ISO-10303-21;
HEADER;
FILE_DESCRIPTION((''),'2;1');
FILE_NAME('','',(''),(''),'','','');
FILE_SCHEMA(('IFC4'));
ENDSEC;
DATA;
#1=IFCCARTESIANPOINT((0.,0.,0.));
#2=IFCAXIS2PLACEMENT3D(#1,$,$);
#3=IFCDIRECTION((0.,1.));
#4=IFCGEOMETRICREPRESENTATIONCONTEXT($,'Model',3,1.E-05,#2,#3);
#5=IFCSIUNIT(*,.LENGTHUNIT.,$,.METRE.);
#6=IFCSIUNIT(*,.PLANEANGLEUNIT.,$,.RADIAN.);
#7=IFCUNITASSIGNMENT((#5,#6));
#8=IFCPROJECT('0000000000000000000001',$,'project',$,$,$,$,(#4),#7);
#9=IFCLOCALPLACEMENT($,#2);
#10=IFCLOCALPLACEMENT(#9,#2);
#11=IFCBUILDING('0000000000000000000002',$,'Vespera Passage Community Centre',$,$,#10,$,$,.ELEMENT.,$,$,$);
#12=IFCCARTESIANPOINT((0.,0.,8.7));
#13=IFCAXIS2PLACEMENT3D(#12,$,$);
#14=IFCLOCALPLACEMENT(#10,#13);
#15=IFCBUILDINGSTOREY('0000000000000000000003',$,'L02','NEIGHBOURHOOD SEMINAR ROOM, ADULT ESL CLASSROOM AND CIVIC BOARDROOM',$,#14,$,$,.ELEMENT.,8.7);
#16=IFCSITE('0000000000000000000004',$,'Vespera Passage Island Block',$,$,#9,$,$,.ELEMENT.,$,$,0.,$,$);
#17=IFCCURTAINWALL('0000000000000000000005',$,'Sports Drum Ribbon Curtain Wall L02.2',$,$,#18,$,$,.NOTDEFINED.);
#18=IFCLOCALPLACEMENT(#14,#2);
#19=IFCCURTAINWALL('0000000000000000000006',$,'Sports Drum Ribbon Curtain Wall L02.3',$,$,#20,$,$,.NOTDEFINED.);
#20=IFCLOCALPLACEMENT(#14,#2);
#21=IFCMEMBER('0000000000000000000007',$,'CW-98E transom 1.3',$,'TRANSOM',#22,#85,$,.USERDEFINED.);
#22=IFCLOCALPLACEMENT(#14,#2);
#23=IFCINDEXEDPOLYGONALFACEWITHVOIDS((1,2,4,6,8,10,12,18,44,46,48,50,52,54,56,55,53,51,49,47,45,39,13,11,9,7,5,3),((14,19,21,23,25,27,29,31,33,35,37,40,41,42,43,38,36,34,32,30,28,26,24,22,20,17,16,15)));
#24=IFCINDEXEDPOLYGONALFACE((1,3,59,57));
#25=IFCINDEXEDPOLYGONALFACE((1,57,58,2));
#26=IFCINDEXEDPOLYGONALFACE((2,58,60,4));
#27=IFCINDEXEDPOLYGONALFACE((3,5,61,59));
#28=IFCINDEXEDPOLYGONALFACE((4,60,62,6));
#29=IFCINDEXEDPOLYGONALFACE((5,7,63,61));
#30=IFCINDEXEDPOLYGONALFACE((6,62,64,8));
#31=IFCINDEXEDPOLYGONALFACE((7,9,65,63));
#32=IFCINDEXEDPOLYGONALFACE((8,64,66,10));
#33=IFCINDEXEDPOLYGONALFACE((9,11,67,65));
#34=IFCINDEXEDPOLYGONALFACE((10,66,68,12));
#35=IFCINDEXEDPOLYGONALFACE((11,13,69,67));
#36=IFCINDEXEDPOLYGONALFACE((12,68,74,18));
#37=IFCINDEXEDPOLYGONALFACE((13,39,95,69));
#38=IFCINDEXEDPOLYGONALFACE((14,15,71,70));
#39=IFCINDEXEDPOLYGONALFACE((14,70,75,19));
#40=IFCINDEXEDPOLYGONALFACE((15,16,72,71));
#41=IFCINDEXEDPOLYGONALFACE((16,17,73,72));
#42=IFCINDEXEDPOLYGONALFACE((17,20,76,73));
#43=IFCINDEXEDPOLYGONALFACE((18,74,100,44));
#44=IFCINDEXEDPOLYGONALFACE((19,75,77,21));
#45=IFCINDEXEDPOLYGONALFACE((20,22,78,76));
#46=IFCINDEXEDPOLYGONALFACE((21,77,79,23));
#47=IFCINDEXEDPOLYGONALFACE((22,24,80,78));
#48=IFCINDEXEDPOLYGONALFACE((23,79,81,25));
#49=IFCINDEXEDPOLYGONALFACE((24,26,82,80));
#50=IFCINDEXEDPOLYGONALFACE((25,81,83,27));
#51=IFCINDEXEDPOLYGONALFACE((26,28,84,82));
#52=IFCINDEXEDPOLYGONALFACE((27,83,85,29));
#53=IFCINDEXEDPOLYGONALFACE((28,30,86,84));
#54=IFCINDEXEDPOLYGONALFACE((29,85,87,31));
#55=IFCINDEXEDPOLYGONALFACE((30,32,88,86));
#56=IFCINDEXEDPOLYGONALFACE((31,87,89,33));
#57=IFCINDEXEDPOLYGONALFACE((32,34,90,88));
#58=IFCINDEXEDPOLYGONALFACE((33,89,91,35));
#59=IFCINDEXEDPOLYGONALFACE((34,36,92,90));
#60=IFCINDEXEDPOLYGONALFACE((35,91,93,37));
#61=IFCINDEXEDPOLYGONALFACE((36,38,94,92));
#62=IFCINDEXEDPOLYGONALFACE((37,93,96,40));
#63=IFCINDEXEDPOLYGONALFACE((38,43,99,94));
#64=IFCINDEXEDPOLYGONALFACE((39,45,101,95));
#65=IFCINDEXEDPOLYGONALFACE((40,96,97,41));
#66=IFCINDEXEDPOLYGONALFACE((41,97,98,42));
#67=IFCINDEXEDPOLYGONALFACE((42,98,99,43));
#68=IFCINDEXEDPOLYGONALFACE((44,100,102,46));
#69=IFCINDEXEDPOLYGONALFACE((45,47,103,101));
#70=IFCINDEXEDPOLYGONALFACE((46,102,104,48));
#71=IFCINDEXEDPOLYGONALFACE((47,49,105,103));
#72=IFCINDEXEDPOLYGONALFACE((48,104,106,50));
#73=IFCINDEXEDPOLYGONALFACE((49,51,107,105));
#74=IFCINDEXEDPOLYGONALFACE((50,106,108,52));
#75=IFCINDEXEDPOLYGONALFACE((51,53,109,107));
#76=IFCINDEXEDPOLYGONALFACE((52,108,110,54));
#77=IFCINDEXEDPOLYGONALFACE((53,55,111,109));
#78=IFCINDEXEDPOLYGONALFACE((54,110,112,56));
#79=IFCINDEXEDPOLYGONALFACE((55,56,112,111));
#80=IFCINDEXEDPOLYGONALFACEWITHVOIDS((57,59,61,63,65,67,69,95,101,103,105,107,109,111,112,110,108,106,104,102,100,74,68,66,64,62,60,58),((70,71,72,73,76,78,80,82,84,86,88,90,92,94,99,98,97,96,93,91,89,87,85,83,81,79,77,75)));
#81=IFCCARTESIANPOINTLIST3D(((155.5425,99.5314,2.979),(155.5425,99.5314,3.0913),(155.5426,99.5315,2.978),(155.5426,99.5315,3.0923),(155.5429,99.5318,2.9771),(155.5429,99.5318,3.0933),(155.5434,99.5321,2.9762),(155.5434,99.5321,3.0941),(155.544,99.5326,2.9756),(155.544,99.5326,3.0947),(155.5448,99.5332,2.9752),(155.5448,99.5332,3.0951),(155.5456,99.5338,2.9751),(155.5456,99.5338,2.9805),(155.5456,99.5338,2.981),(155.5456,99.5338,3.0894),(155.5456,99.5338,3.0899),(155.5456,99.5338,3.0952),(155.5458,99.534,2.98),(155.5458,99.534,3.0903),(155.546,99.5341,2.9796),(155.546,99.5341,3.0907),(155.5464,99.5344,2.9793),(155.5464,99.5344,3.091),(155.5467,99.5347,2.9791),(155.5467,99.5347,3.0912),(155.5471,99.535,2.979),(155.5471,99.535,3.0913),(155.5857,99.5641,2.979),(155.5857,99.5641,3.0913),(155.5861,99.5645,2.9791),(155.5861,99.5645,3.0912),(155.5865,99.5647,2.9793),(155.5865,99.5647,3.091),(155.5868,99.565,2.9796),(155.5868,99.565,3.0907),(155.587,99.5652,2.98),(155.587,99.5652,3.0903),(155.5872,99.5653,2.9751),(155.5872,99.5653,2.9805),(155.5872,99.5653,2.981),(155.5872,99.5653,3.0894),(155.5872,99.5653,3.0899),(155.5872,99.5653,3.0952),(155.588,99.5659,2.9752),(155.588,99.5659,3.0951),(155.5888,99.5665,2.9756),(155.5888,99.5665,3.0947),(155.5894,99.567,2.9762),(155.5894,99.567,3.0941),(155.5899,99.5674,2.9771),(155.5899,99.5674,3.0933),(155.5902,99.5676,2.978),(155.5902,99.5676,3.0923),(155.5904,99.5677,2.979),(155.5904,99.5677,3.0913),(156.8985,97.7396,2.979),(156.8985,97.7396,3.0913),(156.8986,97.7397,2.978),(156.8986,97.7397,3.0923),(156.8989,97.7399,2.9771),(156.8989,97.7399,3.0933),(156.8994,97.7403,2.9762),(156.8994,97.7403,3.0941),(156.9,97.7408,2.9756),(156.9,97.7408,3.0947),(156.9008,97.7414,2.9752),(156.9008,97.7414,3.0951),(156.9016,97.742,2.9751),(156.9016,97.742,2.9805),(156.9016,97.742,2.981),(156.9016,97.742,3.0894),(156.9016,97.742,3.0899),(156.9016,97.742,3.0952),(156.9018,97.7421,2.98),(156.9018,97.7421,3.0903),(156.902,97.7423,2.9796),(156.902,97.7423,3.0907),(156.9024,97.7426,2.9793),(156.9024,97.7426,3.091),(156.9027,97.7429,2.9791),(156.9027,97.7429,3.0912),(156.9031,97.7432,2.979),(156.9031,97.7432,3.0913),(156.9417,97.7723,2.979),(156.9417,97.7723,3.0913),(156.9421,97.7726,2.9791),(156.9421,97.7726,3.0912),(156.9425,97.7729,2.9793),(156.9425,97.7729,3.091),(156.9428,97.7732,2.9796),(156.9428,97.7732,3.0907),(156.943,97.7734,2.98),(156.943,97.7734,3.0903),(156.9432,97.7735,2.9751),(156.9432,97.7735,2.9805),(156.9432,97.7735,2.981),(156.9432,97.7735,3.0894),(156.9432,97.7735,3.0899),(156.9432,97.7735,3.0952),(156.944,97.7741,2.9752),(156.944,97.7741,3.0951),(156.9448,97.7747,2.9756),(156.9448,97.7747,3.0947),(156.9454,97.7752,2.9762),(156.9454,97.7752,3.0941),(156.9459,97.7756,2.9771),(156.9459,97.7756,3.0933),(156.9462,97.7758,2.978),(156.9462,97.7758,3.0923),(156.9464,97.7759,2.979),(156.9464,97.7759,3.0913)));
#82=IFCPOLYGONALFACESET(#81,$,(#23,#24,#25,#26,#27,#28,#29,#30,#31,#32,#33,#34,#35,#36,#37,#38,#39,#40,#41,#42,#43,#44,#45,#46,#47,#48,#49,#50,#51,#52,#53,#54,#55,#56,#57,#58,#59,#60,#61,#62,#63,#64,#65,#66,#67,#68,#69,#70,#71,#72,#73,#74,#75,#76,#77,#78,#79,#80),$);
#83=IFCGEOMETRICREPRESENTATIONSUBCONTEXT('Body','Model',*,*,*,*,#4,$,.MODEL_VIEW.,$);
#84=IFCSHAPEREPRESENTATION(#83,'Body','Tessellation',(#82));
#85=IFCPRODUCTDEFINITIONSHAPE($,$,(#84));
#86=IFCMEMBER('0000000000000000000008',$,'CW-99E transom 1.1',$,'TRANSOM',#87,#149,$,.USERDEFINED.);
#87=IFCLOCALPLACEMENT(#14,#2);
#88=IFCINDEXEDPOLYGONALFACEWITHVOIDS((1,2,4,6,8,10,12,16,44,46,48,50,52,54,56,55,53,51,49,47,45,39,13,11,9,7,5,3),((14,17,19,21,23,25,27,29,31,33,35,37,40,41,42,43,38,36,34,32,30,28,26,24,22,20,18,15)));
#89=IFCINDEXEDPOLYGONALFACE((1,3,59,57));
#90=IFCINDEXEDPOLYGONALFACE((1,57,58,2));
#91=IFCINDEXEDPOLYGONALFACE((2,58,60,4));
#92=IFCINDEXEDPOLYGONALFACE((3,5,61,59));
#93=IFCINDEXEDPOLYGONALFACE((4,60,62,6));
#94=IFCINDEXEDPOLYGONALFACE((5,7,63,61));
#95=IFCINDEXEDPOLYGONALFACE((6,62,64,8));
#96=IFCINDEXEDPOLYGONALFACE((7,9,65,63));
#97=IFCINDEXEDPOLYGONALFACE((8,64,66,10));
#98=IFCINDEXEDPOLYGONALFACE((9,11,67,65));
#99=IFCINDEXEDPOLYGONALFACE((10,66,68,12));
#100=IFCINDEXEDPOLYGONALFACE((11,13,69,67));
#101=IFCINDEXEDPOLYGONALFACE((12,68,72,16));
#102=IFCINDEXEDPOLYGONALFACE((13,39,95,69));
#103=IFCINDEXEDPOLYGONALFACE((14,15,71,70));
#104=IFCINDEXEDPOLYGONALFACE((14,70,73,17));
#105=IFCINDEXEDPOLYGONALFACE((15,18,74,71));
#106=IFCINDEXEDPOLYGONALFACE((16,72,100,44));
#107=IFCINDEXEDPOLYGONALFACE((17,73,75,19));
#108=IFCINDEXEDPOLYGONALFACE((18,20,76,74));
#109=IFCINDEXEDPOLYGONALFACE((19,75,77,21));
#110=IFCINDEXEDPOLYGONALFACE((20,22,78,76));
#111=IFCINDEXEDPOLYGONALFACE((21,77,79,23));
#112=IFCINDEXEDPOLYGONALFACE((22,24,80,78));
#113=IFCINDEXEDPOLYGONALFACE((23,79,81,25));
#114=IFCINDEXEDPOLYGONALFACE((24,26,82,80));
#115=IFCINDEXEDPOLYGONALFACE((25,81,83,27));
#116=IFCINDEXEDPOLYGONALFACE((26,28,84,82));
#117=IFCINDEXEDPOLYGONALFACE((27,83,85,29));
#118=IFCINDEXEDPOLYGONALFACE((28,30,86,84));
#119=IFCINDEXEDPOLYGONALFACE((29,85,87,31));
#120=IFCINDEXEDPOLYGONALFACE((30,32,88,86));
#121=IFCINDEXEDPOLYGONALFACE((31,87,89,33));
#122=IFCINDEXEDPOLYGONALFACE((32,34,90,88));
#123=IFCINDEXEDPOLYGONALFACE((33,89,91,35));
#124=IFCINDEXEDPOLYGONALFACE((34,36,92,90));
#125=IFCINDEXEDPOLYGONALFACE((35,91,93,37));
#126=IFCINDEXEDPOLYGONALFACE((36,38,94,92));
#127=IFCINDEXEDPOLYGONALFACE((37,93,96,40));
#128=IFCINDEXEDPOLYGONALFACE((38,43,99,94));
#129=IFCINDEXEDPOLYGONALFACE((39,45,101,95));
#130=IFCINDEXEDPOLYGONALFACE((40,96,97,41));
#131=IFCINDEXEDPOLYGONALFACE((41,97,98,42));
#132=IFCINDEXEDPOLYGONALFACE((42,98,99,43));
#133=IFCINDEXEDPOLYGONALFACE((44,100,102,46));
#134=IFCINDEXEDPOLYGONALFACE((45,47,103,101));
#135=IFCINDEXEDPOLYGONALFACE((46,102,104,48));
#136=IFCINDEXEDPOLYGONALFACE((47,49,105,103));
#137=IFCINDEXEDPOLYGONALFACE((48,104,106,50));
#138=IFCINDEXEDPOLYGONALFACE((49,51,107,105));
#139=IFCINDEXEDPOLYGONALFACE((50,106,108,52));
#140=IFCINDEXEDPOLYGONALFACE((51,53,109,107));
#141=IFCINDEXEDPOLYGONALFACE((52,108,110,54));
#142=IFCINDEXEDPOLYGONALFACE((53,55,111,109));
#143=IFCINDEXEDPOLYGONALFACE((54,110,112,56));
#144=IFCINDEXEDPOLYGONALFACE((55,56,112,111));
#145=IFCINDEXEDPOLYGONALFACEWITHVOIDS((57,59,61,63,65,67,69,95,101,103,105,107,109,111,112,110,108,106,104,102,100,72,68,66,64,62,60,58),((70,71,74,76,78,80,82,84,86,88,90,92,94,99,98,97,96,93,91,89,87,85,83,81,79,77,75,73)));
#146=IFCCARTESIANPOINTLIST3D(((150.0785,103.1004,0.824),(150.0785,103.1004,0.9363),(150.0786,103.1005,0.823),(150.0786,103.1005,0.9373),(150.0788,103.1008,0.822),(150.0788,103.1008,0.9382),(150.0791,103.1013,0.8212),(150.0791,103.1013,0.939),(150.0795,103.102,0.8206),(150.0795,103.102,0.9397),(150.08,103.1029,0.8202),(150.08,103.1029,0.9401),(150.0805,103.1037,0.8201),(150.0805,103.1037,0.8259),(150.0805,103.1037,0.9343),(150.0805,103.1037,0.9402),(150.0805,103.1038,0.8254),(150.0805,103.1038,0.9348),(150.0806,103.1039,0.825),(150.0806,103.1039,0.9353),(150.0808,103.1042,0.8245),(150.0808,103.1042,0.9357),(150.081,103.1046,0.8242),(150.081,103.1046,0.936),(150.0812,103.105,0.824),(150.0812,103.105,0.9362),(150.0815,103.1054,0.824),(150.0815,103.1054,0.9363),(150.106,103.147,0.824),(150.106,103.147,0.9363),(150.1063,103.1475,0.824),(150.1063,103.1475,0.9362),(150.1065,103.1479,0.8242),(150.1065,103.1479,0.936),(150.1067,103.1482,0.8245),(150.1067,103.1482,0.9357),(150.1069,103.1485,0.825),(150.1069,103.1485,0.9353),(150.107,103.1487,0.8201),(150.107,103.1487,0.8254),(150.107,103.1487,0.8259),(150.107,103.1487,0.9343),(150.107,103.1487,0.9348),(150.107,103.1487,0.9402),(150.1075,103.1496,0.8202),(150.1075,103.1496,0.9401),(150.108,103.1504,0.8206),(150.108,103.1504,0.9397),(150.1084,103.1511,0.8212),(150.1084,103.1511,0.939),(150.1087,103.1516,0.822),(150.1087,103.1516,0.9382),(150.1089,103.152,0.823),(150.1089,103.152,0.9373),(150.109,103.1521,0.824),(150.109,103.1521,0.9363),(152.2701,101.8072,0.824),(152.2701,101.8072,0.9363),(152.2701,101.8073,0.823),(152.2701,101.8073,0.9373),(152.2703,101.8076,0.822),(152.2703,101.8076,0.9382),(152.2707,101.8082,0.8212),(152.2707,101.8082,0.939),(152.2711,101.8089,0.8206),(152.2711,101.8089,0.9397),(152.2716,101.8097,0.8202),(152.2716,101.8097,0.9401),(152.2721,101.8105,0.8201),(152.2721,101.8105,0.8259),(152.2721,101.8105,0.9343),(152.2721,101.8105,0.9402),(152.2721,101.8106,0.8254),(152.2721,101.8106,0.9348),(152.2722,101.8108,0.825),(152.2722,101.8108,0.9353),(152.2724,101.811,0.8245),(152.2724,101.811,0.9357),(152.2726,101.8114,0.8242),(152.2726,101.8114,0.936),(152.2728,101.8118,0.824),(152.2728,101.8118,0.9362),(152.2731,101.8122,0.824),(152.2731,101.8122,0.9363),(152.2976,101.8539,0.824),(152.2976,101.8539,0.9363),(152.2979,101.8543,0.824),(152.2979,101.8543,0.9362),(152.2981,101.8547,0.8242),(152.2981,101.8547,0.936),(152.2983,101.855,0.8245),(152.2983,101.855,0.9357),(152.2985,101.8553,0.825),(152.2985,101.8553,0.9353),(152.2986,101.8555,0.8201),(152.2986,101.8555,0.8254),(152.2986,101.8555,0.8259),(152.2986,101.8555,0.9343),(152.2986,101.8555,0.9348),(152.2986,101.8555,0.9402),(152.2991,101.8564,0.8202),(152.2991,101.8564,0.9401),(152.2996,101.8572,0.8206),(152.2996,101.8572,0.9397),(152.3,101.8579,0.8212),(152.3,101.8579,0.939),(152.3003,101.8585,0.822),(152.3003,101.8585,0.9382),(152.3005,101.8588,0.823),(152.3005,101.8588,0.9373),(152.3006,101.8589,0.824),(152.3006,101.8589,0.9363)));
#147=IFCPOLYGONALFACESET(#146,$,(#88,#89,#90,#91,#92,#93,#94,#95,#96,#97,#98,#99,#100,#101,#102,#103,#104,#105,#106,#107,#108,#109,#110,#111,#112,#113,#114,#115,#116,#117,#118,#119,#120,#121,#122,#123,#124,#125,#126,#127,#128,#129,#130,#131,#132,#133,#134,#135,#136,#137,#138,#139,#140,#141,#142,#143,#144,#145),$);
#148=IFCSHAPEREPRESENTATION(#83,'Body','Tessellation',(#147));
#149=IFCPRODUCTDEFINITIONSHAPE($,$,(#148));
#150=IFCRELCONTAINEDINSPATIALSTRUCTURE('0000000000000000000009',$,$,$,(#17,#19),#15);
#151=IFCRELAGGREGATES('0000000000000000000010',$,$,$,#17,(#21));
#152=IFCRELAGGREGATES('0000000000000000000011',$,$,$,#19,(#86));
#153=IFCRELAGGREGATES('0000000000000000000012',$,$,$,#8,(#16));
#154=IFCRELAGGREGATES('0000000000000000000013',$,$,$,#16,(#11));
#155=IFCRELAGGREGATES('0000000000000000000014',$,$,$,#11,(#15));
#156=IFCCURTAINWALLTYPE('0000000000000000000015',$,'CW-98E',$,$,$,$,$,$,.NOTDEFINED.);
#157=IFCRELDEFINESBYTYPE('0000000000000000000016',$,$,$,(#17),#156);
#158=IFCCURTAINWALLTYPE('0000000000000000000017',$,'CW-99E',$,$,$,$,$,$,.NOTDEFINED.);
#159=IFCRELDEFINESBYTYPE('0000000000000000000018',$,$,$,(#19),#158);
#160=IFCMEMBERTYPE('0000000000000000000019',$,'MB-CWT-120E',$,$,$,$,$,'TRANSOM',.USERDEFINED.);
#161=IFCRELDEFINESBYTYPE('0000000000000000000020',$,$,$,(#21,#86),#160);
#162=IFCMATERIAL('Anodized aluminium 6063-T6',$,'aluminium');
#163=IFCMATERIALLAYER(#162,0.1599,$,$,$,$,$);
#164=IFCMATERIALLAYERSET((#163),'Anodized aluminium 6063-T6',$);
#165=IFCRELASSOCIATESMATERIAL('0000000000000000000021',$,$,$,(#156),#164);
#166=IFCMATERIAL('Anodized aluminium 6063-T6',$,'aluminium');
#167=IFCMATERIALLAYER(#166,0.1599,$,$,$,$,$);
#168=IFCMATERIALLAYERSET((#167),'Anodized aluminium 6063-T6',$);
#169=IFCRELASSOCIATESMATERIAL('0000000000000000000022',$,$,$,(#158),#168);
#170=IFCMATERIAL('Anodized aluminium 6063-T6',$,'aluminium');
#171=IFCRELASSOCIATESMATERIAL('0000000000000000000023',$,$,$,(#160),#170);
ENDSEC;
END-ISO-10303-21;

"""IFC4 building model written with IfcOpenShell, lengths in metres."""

from ifc_helpers import new_model, si_unit, direction, frame, origin, origin_2d, place, context, subcontext, project, spatial, hollow_rectangle, extrude, material, layer, layer_set, material_profile, profile_set, type_object, element, aggregate, save


model = new_model("IFC4")

# Units and contexts
model_context = context("Model", 3, precision=1e-05, world=origin(), true_north=direction((0.0, 1.0)))
body_context = subcontext(model_context, "Body", "Model", "MODEL_VIEW")
ifc_project = project(units=[si_unit("LENGTHUNIT", "METRE"), si_unit("PLANEANGLEUNIT", "RADIAN")], contexts=[model_context])

# Site, building, storey
site_placement = place(None, origin())
site = spatial("IfcSite", under=ifc_project, at=site_placement, Name="Vespera Passage Island Block", CompositionType="ELEMENT", RefElevation=0.0)
building_placement = place(site_placement, origin())
building = spatial("IfcBuilding", under=site, at=building_placement, Name="Vespera Passage Community Centre", CompositionType="ELEMENT")
storey_placement = place(building_placement, frame((0.0, 0.0, 8.7)))
storey = spatial("IfcBuildingStorey", under=building, at=storey_placement, Name="L02", Description="NEIGHBOURHOOD SEMINAR ROOM, ADULT ESL CLASSROOM AND CIVIC BOARDROOM", CompositionType="ELEMENT", Elevation=8.7)

# Curtain walls
ifc_material_1 = material(Name="Anodized aluminium 6063-T6", Category="aluminium")
ifc_layer_1 = layer(ifc_material_1, 0.1599)
ifc_layer_set_1 = layer_set([ifc_layer_1], Name="Anodized aluminium 6063-T6")
curtain_wall_type_1 = type_object("IfcCurtainWallType", Name="CW-98E", PredefinedType="NOTDEFINED", material=ifc_layer_set_1)
curtain_wall_1_placement = place(storey_placement, origin())
curtain_wall_1 = element("IfcCurtainWall", 1, at=curtain_wall_1_placement, inside=storey, type_object=curtain_wall_type_1, Name="Sports Drum Ribbon Curtain Wall L02.2", PredefinedType="NOTDEFINED")
ifc_material_2 = material(Name="Anodized aluminium 6063-T6", Category="aluminium")
ifc_layer_2 = layer(ifc_material_2, 0.1599)
ifc_layer_set_2 = layer_set([ifc_layer_2], Name="Anodized aluminium 6063-T6")
curtain_wall_type_2 = type_object("IfcCurtainWallType", Name="CW-99E", PredefinedType="NOTDEFINED", material=ifc_layer_set_2)
curtain_wall_2_placement = place(storey_placement, origin())
curtain_wall_2 = element("IfcCurtainWall", 2, at=curtain_wall_2_placement, inside=storey, type_object=curtain_wall_type_2, Name="Sports Drum Ribbon Curtain Wall L02.3", PredefinedType="NOTDEFINED")

# Members
ifc_material_3 = material(Name="Anodized aluminium 6063-T6", Category="aluminium")
ifc_material_profile_1 = material_profile(ifc_material_3, hollow_rectangle(XDim=0.0601, YDim=0.1201, WallThickness=0.0039, InnerFilletRadius=0.002, OuterFilletRadius=0.0039, at=origin_2d()), Name="ALU120X60X4")
ifc_profile_set_1 = profile_set([ifc_material_profile_1], Name="Anodized aluminium 6063-T6")
member_type_1 = type_object("IfcMemberType", Name="MB-CWT-120E", ElementType="TRANSOM", PredefinedType="USERDEFINED", material=ifc_profile_set_1)
member_1_placement = place(storey_placement, frame((155.5664, 99.5496, 3.0352), z_axis=(0.603454, -0.797398, 0.0), x_axis=(0.797398, 0.603454, 0.0)))
member_1 = element("IfcMember", 3, at=member_1_placement, type_object=member_type_1, Name="CW-98E transom 1.3", ObjectType="TRANSOM", PredefinedType="USERDEFINED", context=body_context, shape_type="SweptSolid", body=[
    extrude(hollow_rectangle(XDim=0.0601, YDim=0.1201, WallThickness=0.0039, InnerFilletRadius=0.002, OuterFilletRadius=0.0039, at=origin_2d()), origin(), (0.0, 0.0, 1.0), 2.2471),
])
member_2_placement = place(storey_placement, frame((150.0938, 103.1262, 0.8801), z_axis=(0.861245, -0.508189, 0.0), x_axis=(0.508189, 0.861245, 0.0)))
member_2 = element("IfcMember", 4, at=member_2_placement, type_object=member_type_1, Name="CW-99E transom 1.1", ObjectType="TRANSOM", PredefinedType="USERDEFINED", context=body_context, shape_type="SweptSolid", body=[
    extrude(hollow_rectangle(XDim=0.0601, YDim=0.1201, WallThickness=0.0039, InnerFilletRadius=0.002, OuterFilletRadius=0.0039, at=origin_2d()), origin(), (0.0, 0.0, 1.0), 2.5447),
])

aggregate(curtain_wall_1, [member_1])
aggregate(curtain_wall_2, [member_2])

save(model, "model.ifc")
